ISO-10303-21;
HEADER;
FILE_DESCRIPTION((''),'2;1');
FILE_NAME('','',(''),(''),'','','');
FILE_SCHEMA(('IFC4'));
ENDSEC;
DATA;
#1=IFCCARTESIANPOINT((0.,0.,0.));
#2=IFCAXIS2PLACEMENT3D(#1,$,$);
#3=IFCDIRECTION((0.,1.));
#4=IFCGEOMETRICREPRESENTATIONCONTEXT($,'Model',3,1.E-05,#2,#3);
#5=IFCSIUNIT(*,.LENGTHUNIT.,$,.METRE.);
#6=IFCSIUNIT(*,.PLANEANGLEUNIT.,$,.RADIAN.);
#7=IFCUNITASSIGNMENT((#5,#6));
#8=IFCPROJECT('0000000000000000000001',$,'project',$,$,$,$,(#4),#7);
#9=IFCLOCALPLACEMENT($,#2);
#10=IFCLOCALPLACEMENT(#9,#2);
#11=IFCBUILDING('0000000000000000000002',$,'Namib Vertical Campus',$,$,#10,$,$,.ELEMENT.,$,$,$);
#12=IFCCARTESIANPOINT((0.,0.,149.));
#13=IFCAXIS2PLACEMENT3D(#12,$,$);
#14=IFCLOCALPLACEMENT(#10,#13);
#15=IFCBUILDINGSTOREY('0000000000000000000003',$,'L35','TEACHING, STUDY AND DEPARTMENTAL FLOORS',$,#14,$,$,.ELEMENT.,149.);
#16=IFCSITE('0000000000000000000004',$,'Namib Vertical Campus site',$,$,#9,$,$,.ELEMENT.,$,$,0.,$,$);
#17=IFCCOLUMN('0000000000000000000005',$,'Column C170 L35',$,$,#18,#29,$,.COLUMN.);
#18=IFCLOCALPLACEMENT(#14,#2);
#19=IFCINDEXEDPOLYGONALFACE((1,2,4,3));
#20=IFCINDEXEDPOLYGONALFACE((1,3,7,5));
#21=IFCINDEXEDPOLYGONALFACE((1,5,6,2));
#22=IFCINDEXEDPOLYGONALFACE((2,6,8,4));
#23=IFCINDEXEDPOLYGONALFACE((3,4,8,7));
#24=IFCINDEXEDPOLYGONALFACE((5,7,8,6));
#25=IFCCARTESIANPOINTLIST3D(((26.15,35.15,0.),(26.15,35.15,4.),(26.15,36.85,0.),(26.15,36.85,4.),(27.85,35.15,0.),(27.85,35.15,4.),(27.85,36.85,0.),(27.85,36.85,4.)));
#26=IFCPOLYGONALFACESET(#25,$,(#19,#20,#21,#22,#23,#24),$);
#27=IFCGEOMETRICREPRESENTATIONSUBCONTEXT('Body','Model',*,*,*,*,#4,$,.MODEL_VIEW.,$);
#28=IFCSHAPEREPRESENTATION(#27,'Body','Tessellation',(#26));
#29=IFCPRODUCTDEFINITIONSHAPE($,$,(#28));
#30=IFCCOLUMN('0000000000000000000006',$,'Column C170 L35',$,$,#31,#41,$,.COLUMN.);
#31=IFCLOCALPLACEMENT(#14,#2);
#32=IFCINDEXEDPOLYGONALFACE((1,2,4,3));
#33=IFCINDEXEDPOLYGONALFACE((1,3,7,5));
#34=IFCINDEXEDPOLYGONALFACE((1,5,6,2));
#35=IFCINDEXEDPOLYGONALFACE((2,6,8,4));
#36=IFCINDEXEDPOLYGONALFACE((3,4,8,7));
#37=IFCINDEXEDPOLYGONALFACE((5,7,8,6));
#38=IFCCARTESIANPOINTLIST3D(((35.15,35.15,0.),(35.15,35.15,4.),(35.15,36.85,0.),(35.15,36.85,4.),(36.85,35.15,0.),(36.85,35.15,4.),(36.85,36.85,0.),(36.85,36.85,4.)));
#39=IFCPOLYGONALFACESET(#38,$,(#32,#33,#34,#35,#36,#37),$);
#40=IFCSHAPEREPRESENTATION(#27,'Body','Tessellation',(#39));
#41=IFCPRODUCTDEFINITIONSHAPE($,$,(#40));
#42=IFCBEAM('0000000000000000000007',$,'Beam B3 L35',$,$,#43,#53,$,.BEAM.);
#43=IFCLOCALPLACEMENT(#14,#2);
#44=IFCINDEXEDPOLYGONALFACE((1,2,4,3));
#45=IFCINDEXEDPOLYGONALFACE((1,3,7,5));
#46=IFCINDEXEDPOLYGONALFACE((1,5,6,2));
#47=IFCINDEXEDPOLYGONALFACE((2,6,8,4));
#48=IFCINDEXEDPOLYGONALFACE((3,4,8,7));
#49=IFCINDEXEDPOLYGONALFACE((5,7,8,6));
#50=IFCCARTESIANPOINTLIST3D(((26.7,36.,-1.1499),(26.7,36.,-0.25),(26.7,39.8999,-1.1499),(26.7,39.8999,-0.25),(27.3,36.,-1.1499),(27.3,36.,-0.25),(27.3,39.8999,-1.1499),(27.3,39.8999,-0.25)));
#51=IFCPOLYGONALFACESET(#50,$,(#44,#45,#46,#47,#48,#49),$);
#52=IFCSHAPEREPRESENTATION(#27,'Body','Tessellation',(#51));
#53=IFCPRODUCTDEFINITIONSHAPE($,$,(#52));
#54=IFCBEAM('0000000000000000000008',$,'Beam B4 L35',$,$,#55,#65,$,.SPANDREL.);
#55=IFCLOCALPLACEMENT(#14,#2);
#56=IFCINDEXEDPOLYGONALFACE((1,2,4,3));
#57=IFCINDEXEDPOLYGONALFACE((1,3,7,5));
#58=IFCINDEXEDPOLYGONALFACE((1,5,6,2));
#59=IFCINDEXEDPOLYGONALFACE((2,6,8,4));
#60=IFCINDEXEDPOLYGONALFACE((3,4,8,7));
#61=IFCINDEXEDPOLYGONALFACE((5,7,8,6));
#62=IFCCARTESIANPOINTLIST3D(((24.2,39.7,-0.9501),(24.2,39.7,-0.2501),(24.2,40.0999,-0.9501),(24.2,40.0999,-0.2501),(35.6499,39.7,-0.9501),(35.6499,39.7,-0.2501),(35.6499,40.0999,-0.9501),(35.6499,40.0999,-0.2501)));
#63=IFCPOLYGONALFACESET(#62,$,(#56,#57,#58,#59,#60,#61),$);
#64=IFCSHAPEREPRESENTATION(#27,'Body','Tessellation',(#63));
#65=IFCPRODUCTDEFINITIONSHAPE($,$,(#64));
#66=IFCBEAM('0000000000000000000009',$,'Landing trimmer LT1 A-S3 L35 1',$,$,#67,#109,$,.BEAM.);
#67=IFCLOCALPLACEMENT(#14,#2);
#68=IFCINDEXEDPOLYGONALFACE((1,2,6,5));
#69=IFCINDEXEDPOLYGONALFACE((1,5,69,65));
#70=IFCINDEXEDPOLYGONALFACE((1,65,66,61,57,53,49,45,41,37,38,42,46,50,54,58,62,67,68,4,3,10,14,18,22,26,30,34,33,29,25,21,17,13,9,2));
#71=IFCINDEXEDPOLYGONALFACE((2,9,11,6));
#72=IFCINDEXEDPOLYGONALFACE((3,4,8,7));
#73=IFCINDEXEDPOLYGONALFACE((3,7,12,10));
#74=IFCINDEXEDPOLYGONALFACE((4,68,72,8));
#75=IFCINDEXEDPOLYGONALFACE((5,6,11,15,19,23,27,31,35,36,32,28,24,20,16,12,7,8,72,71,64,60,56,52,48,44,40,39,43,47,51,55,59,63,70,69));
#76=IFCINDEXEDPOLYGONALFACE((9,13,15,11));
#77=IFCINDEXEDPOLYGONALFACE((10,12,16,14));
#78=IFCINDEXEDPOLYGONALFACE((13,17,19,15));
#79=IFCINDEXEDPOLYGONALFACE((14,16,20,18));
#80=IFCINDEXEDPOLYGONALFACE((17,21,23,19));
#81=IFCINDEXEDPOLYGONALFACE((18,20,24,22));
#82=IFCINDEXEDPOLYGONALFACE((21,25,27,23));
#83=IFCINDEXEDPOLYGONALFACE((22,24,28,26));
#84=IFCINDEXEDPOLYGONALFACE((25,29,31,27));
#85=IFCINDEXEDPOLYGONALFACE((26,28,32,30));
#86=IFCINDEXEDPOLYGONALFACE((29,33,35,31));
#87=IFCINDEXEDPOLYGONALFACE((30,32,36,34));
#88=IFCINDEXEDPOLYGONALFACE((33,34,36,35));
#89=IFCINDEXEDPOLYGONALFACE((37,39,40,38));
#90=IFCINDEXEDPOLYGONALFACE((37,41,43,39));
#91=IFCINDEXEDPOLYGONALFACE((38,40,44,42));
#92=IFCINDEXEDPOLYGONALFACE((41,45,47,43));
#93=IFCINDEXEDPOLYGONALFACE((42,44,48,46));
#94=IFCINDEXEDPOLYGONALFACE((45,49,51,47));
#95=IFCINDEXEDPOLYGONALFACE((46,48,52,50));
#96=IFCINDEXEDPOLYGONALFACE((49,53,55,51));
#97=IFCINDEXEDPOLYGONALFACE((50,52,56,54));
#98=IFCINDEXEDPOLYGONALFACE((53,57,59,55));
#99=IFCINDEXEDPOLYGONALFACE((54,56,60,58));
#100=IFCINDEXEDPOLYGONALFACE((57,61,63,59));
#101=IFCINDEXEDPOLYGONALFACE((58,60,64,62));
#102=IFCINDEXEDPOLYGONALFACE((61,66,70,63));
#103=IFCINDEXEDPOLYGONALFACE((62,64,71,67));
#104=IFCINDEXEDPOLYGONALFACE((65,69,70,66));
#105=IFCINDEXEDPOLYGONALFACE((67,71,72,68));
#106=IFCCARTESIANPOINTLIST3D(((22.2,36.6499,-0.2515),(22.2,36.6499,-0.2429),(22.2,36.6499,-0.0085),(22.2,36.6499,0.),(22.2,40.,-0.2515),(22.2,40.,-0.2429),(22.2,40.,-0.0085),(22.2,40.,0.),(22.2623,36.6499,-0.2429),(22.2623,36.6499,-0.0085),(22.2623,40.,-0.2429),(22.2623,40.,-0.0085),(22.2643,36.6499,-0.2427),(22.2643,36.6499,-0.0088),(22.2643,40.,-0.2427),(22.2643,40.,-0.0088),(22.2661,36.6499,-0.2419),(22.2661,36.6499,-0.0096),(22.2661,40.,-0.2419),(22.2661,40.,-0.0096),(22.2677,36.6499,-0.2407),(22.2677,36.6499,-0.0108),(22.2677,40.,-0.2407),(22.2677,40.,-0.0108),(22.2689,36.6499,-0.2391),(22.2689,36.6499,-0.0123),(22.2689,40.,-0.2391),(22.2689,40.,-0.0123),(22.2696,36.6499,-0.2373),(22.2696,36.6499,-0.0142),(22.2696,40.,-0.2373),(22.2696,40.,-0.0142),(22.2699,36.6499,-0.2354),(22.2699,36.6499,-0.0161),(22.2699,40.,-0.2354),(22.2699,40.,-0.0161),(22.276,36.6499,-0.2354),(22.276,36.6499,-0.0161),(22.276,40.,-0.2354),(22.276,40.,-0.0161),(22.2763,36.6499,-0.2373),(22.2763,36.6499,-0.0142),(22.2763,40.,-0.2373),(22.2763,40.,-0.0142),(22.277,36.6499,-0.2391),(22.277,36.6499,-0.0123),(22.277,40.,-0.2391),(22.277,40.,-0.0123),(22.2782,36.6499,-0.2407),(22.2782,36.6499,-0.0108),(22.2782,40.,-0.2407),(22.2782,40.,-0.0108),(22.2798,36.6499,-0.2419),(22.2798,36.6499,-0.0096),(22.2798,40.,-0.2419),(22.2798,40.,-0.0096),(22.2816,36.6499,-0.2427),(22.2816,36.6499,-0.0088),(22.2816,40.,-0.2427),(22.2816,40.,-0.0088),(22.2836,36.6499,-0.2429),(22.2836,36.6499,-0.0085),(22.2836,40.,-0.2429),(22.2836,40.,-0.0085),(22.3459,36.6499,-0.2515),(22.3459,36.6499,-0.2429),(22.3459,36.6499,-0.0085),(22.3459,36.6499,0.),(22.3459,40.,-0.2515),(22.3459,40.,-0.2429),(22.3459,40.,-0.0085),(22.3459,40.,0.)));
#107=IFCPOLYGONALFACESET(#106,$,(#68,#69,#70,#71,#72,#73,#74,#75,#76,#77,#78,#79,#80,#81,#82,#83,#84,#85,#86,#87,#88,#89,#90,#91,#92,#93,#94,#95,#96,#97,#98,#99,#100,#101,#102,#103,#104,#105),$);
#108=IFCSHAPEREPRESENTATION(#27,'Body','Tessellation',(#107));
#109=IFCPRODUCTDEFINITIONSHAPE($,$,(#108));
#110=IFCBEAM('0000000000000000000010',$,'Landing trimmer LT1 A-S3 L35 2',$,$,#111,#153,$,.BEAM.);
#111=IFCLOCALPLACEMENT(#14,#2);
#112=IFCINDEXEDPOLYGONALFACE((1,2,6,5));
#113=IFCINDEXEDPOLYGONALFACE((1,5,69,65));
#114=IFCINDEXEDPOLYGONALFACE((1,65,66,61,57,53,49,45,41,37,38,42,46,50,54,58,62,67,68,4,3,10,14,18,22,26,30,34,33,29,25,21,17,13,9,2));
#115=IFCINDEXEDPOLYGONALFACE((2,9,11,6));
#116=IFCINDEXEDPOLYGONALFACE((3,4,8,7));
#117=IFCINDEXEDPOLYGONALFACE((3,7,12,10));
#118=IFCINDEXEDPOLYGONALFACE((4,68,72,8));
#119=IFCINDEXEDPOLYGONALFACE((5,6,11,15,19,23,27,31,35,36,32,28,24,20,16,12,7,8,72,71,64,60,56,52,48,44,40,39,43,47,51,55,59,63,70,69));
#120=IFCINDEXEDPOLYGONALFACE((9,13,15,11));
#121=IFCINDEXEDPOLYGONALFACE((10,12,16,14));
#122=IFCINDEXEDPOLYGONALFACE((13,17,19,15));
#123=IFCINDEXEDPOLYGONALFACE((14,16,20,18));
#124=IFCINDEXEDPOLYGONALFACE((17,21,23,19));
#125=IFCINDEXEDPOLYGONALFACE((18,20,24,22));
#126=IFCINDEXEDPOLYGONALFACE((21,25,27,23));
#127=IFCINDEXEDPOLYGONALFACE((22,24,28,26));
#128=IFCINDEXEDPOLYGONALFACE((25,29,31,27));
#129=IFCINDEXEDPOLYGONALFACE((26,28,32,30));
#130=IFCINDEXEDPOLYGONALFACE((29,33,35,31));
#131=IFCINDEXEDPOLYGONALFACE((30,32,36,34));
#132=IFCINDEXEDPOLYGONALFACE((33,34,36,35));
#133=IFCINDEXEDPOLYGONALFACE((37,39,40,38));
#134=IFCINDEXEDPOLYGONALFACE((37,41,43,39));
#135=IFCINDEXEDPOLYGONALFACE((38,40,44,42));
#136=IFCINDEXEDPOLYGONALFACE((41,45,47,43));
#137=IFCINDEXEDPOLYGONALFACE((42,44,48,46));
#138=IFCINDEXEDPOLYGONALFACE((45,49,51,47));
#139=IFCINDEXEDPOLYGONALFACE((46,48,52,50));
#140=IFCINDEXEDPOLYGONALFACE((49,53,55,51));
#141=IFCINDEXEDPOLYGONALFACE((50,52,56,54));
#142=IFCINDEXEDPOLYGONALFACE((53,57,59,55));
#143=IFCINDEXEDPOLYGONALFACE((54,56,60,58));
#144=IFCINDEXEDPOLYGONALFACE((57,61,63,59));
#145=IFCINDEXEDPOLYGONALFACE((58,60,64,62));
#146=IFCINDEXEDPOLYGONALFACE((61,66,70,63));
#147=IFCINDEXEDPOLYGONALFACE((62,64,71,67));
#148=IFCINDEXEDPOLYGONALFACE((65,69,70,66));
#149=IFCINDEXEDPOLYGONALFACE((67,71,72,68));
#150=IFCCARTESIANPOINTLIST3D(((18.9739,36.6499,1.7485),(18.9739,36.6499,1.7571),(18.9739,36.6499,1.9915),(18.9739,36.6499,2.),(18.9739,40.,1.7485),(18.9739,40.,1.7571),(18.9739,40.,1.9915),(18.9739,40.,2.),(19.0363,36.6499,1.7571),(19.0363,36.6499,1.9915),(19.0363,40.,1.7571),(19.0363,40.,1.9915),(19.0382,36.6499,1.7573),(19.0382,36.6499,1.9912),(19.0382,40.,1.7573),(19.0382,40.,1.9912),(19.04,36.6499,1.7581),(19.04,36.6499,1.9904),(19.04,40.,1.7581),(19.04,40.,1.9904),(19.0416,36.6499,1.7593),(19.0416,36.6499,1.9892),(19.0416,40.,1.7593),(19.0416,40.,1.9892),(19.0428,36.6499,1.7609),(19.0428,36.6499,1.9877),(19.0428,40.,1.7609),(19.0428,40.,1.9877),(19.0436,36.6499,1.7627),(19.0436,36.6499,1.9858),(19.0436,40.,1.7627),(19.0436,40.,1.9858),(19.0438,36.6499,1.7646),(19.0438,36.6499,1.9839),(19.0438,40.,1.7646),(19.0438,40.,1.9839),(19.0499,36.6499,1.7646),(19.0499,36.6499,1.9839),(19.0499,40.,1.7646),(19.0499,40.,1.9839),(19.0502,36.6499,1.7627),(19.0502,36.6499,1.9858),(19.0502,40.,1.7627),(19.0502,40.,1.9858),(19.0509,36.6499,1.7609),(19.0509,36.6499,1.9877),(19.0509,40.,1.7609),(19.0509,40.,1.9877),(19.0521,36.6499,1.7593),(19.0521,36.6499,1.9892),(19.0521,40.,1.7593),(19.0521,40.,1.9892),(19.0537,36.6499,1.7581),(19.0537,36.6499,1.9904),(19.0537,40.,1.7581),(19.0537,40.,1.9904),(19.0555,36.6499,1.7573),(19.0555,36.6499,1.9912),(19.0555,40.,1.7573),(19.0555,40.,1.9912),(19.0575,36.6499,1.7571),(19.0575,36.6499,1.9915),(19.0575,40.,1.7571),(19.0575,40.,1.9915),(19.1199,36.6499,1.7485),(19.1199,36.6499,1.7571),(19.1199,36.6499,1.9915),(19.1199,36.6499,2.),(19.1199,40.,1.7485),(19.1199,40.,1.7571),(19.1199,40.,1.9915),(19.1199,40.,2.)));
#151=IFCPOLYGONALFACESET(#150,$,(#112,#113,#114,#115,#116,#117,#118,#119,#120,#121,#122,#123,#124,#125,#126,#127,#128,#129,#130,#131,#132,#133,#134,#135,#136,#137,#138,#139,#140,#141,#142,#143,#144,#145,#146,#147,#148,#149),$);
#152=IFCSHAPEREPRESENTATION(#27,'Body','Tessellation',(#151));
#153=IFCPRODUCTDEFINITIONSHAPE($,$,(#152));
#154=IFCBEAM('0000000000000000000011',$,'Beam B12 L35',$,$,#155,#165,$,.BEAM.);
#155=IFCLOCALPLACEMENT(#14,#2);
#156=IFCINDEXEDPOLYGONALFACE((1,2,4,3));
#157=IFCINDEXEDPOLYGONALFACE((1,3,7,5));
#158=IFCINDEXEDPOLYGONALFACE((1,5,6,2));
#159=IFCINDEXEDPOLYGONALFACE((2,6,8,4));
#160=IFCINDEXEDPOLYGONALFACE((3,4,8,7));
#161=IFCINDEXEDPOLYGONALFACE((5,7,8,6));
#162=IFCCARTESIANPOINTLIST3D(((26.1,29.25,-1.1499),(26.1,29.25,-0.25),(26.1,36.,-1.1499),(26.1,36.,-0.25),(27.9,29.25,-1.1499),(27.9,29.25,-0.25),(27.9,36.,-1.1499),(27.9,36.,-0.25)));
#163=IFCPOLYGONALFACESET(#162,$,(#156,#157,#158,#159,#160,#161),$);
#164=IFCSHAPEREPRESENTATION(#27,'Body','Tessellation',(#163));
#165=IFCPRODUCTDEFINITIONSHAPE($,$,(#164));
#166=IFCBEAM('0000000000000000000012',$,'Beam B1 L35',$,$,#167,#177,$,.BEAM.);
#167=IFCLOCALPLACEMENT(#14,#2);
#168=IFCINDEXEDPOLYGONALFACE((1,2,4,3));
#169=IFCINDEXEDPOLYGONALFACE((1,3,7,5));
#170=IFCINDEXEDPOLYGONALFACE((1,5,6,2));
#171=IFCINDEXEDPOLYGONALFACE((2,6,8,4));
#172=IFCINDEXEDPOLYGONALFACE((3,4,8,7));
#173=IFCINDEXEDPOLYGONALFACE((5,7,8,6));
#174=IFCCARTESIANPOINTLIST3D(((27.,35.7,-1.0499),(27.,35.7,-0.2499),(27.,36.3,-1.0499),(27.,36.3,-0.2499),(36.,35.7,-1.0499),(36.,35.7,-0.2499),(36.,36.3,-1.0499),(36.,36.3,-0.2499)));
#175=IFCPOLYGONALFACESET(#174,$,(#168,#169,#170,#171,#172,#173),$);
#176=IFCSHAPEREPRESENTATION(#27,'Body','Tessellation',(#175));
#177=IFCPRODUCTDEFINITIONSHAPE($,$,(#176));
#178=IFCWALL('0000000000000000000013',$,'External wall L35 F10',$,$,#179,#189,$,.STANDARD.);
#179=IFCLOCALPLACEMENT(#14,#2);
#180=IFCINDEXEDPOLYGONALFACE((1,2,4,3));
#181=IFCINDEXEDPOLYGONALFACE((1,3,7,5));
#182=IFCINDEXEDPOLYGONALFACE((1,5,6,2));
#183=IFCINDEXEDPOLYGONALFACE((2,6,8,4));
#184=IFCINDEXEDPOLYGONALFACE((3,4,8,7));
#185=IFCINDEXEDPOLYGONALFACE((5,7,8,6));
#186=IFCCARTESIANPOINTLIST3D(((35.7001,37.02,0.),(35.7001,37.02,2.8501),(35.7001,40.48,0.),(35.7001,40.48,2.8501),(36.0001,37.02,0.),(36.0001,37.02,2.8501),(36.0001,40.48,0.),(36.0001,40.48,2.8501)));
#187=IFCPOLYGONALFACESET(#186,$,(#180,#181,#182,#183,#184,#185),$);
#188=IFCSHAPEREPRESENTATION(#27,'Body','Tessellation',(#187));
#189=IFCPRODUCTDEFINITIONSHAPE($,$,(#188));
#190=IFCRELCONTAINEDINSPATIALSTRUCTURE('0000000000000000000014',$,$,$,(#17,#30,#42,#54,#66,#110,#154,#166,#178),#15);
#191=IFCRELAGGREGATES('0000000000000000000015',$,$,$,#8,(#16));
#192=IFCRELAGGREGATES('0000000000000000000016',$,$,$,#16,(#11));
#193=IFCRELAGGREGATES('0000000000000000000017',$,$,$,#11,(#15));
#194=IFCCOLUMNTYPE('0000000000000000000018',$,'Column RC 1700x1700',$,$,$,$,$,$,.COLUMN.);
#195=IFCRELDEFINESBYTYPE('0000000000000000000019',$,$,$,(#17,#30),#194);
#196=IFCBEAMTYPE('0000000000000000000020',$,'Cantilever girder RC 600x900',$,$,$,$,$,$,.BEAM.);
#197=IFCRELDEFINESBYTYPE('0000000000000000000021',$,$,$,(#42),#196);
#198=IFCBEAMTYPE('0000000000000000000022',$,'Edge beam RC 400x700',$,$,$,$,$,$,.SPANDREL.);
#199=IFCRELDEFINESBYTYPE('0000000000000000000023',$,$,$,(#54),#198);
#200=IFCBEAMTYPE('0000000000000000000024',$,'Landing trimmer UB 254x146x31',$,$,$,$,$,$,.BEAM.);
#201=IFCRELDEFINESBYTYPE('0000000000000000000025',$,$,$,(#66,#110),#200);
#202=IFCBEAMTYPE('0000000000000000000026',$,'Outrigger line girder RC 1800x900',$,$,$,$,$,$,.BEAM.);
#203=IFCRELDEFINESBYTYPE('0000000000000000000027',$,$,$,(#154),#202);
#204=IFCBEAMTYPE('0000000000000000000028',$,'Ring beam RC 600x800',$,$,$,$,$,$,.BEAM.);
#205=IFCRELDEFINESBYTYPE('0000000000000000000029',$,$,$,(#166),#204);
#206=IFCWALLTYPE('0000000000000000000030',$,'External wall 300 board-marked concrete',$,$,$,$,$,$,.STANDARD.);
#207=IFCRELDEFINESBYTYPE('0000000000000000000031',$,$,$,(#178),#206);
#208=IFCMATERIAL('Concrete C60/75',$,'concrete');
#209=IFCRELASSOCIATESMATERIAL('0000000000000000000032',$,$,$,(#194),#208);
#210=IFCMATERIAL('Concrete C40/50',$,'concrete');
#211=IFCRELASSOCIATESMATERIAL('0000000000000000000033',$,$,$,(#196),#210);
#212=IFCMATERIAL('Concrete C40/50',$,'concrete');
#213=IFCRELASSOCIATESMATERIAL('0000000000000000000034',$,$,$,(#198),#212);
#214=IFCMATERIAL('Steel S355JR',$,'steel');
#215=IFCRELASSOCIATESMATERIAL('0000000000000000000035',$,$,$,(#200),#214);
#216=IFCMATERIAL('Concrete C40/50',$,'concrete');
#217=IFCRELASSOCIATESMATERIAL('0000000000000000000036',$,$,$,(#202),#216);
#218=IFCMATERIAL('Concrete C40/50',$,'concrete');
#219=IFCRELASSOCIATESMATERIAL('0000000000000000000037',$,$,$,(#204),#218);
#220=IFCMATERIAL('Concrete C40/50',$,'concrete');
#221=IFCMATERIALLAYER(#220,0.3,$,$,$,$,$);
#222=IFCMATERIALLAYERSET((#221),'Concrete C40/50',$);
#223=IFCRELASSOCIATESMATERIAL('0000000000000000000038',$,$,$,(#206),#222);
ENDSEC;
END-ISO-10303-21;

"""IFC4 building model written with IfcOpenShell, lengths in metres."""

from ifc_helpers import new_model, si_unit, direction, frame, frame_2d, origin, origin_2d, place, context, subcontext, project, spatial, rectangle, i_section, extrude, material, layer, layer_set, material_profile, profile_set, type_object, element, save


model = new_model("IFC4")

# Units and contexts
model_context = context("Model", 3, precision=1e-05, world=origin(), true_north=direction((0.0, 1.0)))
body_context = subcontext(model_context, "Body", "Model", "MODEL_VIEW")
ifc_project = project(units=[si_unit("LENGTHUNIT", "METRE"), si_unit("PLANEANGLEUNIT", "RADIAN")], contexts=[model_context])

# Site, building, storey
site_placement = place(None, origin())
site = spatial("IfcSite", under=ifc_project, at=site_placement, Name="Namib Vertical Campus site", CompositionType="ELEMENT", RefElevation=0.0)
building_placement = place(site_placement, origin())
building = spatial("IfcBuilding", under=site, at=building_placement, Name="Namib Vertical Campus", CompositionType="ELEMENT")
storey_placement = place(building_placement, frame((0.0, 0.0, 149.0)))
storey = spatial("IfcBuildingStorey", under=building, at=storey_placement, Name="L35", Description="TEACHING, STUDY AND DEPARTMENTAL FLOORS", CompositionType="ELEMENT", Elevation=149.0)

# Columns
ifc_material_1 = material(Name="Concrete C60/75", Category="concrete")
ifc_material_profile_1 = material_profile(ifc_material_1, rectangle(XDim=1.7, YDim=1.7, at=origin_2d()))
ifc_profile_set_1 = profile_set([ifc_material_profile_1], Name="Concrete C60/75")
column_type = type_object("IfcColumnType", Name="Column RC 1700x1700", PredefinedType="COLUMN", material=ifc_profile_set_1)
for number, where, z_axis, x_axis, name in (
    (1, (27.0, 36.0, 0.0), (0.0, 0.0, 1.0), (1.0, 0.0, 0.0), "Column C170 L35"),
    (2, (36.0, 36.0, 0.0), (0.0, 0.0, 1.0), (1.0, 0.0, 0.0), "Column C170 L35"),
):
    element("IfcColumn", number, at=place(storey_placement, frame(where, z_axis=z_axis, x_axis=x_axis)), inside=storey, type_object=column_type, Name=name, PredefinedType="COLUMN", context=body_context, shape_type="SweptSolid", body=[
        extrude(rectangle(XDim=1.7, YDim=1.7, at=origin_2d()), origin(), (0.0, 0.0, 1.0), 4.0),
    ])

# Beams
ifc_material_2 = material(Name="Concrete C40/50", Category="concrete")
ifc_material_profile_2 = material_profile(ifc_material_2, rectangle(XDim=0.6001, YDim=0.8999, at=origin_2d()))
ifc_profile_set_2 = profile_set([ifc_material_profile_2], Name="Concrete C40/50")
beam_type_1 = type_object("IfcBeamType", Name="Cantilever girder RC 600x900", PredefinedType="BEAM", material=ifc_profile_set_2)
beam_1_placement = place(storey_placement, frame((27.0, 36.0, -0.7), z_axis=(0.0, 1.0, 0.0), x_axis=(-1.0, 0.0, 0.0)))
element("IfcBeam", 3, at=beam_1_placement, inside=storey, type_object=beam_type_1, Name="Beam B3 L35", PredefinedType="BEAM", context=body_context, shape_type="SweptSolid", body=[
    extrude(rectangle(XDim=0.6001, YDim=0.8999, at=origin_2d()), origin(), (0.0, 0.0, 1.0), 3.8999),
])
ifc_material_3 = material(Name="Concrete C40/50", Category="concrete")
ifc_material_profile_3 = material_profile(ifc_material_3, rectangle(XDim=0.3999, YDim=0.7, at=origin_2d()))
ifc_profile_set_3 = profile_set([ifc_material_profile_3], Name="Concrete C40/50")
beam_type_2 = type_object("IfcBeamType", Name="Edge beam RC 400x700", PredefinedType="SPANDREL", material=ifc_profile_set_3)
beam_2_placement = place(storey_placement, frame((24.2, 39.8999, -0.6001), z_axis=(1.0, 0.0, 0.0), x_axis=(0.0, 1.0, 0.0)))
element("IfcBeam", 4, at=beam_2_placement, inside=storey, type_object=beam_type_2, Name="Beam B4 L35", PredefinedType="SPANDREL", context=body_context, shape_type="SweptSolid", body=[
    extrude(rectangle(XDim=0.3999, YDim=0.7, at=origin_2d()), origin(), (0.0, 0.0, 1.0), 11.45),
])
ifc_material_4 = material(Name="Steel S355JR", Category="steel")
ifc_material_profile_4 = material_profile(ifc_material_4, i_section(OverallWidth=0.146, OverallDepth=0.2515, WebThickness=0.0061, FlangeThickness=0.0085, FilletRadius=0.0076, at=origin_2d()))
ifc_profile_set_4 = profile_set([ifc_material_profile_4], Name="Steel S355JR")
beam_type_3 = type_object("IfcBeamType", Name="Landing trimmer UB 254x146x31", PredefinedType="BEAM", material=ifc_profile_set_4)
for number, where, z_axis, x_axis, name in (
    (5, (22.2729, 36.6499, -0.1257), (0.0, 1.0, 0.0), (-1.0, 0.0, 0.0), "Landing trimmer LT1 A-S3 L35 1"),
    (6, (19.0469, 36.6499, 1.8743), (0.0, 1.0, 0.0), (-1.0, 0.0, 0.0), "Landing trimmer LT1 A-S3 L35 2"),
):
    element("IfcBeam", number, at=place(storey_placement, frame(where, z_axis=z_axis, x_axis=x_axis)), inside=storey, type_object=beam_type_3, Name=name, PredefinedType="BEAM", context=body_context, shape_type="SweptSolid", body=[
        extrude(i_section(OverallWidth=0.146, OverallDepth=0.2515, WebThickness=0.0061, FlangeThickness=0.0085, FilletRadius=0.0076, at=origin_2d()), origin(), (0.0, 0.0, 1.0), 3.3501),
    ])
ifc_material_5 = material(Name="Concrete C40/50", Category="concrete")
ifc_material_profile_5 = material_profile(ifc_material_5, rectangle(XDim=1.8, YDim=0.8999, at=origin_2d()))
ifc_profile_set_5 = profile_set([ifc_material_profile_5], Name="Concrete C40/50")
beam_type_4 = type_object("IfcBeamType", Name="Outrigger line girder RC 1800x900", PredefinedType="BEAM", material=ifc_profile_set_5)
beam_3_placement = place(storey_placement, frame((27.0, 36.0, -0.7), z_axis=(0.0, -1.0, 0.0), x_axis=(1.0, 0.0, 0.0)))
element("IfcBeam", 7, at=beam_3_placement, inside=storey, type_object=beam_type_4, Name="Beam B12 L35", PredefinedType="BEAM", context=body_context, shape_type="SweptSolid", body=[
    extrude(rectangle(XDim=1.8, YDim=0.8999, at=origin_2d()), origin(), (0.0, 0.0, 1.0), 6.75),
])
ifc_material_6 = material(Name="Concrete C40/50", Category="concrete")
ifc_material_profile_6 = material_profile(ifc_material_6, rectangle(XDim=0.6001, YDim=0.8, at=origin_2d()))
ifc_profile_set_6 = profile_set([ifc_material_profile_6], Name="Concrete C40/50")
beam_type_5 = type_object("IfcBeamType", Name="Ring beam RC 600x800", PredefinedType="BEAM", material=ifc_profile_set_6)
beam_4_placement = place(storey_placement, frame((27.0, 36.0, -0.6499), z_axis=(1.0, 0.0, 0.0), x_axis=(0.0, 1.0, 0.0)))
element("IfcBeam", 8, at=beam_4_placement, inside=storey, type_object=beam_type_5, Name="Beam B1 L35", PredefinedType="BEAM", context=body_context, shape_type="SweptSolid", body=[
    extrude(rectangle(XDim=0.6001, YDim=0.8, at=origin_2d()), origin(), (0.0, 0.0, 1.0), 9.0),
])

# Wall
ifc_material_7 = material(Name="Concrete C40/50", Category="concrete")
ifc_layer_1 = layer(ifc_material_7, 0.3)
ifc_layer_set_1 = layer_set([ifc_layer_1], Name="Concrete C40/50")
wall_type_1 = type_object("IfcWallType", Name="External wall 300 board-marked concrete", PredefinedType="STANDARD", material=ifc_layer_set_1)
wall_1_placement = place(storey_placement, frame((35.8501, 37.02, 0.0), z_axis=(0.0, 0.0, 1.0), x_axis=(0.0, 1.0, 0.0)))
element("IfcWall", 9, at=wall_1_placement, inside=storey, type_object=wall_type_1, Name="External wall L35 F10", PredefinedType="STANDARD", context=body_context, shape_type="SweptSolid", body=[
    extrude(rectangle(XDim=3.46, YDim=0.3, at=frame_2d((1.73, 0.0))), origin(), (0.0, 0.0, 1.0), 2.8501),
])

save(model, "model.ifc")
